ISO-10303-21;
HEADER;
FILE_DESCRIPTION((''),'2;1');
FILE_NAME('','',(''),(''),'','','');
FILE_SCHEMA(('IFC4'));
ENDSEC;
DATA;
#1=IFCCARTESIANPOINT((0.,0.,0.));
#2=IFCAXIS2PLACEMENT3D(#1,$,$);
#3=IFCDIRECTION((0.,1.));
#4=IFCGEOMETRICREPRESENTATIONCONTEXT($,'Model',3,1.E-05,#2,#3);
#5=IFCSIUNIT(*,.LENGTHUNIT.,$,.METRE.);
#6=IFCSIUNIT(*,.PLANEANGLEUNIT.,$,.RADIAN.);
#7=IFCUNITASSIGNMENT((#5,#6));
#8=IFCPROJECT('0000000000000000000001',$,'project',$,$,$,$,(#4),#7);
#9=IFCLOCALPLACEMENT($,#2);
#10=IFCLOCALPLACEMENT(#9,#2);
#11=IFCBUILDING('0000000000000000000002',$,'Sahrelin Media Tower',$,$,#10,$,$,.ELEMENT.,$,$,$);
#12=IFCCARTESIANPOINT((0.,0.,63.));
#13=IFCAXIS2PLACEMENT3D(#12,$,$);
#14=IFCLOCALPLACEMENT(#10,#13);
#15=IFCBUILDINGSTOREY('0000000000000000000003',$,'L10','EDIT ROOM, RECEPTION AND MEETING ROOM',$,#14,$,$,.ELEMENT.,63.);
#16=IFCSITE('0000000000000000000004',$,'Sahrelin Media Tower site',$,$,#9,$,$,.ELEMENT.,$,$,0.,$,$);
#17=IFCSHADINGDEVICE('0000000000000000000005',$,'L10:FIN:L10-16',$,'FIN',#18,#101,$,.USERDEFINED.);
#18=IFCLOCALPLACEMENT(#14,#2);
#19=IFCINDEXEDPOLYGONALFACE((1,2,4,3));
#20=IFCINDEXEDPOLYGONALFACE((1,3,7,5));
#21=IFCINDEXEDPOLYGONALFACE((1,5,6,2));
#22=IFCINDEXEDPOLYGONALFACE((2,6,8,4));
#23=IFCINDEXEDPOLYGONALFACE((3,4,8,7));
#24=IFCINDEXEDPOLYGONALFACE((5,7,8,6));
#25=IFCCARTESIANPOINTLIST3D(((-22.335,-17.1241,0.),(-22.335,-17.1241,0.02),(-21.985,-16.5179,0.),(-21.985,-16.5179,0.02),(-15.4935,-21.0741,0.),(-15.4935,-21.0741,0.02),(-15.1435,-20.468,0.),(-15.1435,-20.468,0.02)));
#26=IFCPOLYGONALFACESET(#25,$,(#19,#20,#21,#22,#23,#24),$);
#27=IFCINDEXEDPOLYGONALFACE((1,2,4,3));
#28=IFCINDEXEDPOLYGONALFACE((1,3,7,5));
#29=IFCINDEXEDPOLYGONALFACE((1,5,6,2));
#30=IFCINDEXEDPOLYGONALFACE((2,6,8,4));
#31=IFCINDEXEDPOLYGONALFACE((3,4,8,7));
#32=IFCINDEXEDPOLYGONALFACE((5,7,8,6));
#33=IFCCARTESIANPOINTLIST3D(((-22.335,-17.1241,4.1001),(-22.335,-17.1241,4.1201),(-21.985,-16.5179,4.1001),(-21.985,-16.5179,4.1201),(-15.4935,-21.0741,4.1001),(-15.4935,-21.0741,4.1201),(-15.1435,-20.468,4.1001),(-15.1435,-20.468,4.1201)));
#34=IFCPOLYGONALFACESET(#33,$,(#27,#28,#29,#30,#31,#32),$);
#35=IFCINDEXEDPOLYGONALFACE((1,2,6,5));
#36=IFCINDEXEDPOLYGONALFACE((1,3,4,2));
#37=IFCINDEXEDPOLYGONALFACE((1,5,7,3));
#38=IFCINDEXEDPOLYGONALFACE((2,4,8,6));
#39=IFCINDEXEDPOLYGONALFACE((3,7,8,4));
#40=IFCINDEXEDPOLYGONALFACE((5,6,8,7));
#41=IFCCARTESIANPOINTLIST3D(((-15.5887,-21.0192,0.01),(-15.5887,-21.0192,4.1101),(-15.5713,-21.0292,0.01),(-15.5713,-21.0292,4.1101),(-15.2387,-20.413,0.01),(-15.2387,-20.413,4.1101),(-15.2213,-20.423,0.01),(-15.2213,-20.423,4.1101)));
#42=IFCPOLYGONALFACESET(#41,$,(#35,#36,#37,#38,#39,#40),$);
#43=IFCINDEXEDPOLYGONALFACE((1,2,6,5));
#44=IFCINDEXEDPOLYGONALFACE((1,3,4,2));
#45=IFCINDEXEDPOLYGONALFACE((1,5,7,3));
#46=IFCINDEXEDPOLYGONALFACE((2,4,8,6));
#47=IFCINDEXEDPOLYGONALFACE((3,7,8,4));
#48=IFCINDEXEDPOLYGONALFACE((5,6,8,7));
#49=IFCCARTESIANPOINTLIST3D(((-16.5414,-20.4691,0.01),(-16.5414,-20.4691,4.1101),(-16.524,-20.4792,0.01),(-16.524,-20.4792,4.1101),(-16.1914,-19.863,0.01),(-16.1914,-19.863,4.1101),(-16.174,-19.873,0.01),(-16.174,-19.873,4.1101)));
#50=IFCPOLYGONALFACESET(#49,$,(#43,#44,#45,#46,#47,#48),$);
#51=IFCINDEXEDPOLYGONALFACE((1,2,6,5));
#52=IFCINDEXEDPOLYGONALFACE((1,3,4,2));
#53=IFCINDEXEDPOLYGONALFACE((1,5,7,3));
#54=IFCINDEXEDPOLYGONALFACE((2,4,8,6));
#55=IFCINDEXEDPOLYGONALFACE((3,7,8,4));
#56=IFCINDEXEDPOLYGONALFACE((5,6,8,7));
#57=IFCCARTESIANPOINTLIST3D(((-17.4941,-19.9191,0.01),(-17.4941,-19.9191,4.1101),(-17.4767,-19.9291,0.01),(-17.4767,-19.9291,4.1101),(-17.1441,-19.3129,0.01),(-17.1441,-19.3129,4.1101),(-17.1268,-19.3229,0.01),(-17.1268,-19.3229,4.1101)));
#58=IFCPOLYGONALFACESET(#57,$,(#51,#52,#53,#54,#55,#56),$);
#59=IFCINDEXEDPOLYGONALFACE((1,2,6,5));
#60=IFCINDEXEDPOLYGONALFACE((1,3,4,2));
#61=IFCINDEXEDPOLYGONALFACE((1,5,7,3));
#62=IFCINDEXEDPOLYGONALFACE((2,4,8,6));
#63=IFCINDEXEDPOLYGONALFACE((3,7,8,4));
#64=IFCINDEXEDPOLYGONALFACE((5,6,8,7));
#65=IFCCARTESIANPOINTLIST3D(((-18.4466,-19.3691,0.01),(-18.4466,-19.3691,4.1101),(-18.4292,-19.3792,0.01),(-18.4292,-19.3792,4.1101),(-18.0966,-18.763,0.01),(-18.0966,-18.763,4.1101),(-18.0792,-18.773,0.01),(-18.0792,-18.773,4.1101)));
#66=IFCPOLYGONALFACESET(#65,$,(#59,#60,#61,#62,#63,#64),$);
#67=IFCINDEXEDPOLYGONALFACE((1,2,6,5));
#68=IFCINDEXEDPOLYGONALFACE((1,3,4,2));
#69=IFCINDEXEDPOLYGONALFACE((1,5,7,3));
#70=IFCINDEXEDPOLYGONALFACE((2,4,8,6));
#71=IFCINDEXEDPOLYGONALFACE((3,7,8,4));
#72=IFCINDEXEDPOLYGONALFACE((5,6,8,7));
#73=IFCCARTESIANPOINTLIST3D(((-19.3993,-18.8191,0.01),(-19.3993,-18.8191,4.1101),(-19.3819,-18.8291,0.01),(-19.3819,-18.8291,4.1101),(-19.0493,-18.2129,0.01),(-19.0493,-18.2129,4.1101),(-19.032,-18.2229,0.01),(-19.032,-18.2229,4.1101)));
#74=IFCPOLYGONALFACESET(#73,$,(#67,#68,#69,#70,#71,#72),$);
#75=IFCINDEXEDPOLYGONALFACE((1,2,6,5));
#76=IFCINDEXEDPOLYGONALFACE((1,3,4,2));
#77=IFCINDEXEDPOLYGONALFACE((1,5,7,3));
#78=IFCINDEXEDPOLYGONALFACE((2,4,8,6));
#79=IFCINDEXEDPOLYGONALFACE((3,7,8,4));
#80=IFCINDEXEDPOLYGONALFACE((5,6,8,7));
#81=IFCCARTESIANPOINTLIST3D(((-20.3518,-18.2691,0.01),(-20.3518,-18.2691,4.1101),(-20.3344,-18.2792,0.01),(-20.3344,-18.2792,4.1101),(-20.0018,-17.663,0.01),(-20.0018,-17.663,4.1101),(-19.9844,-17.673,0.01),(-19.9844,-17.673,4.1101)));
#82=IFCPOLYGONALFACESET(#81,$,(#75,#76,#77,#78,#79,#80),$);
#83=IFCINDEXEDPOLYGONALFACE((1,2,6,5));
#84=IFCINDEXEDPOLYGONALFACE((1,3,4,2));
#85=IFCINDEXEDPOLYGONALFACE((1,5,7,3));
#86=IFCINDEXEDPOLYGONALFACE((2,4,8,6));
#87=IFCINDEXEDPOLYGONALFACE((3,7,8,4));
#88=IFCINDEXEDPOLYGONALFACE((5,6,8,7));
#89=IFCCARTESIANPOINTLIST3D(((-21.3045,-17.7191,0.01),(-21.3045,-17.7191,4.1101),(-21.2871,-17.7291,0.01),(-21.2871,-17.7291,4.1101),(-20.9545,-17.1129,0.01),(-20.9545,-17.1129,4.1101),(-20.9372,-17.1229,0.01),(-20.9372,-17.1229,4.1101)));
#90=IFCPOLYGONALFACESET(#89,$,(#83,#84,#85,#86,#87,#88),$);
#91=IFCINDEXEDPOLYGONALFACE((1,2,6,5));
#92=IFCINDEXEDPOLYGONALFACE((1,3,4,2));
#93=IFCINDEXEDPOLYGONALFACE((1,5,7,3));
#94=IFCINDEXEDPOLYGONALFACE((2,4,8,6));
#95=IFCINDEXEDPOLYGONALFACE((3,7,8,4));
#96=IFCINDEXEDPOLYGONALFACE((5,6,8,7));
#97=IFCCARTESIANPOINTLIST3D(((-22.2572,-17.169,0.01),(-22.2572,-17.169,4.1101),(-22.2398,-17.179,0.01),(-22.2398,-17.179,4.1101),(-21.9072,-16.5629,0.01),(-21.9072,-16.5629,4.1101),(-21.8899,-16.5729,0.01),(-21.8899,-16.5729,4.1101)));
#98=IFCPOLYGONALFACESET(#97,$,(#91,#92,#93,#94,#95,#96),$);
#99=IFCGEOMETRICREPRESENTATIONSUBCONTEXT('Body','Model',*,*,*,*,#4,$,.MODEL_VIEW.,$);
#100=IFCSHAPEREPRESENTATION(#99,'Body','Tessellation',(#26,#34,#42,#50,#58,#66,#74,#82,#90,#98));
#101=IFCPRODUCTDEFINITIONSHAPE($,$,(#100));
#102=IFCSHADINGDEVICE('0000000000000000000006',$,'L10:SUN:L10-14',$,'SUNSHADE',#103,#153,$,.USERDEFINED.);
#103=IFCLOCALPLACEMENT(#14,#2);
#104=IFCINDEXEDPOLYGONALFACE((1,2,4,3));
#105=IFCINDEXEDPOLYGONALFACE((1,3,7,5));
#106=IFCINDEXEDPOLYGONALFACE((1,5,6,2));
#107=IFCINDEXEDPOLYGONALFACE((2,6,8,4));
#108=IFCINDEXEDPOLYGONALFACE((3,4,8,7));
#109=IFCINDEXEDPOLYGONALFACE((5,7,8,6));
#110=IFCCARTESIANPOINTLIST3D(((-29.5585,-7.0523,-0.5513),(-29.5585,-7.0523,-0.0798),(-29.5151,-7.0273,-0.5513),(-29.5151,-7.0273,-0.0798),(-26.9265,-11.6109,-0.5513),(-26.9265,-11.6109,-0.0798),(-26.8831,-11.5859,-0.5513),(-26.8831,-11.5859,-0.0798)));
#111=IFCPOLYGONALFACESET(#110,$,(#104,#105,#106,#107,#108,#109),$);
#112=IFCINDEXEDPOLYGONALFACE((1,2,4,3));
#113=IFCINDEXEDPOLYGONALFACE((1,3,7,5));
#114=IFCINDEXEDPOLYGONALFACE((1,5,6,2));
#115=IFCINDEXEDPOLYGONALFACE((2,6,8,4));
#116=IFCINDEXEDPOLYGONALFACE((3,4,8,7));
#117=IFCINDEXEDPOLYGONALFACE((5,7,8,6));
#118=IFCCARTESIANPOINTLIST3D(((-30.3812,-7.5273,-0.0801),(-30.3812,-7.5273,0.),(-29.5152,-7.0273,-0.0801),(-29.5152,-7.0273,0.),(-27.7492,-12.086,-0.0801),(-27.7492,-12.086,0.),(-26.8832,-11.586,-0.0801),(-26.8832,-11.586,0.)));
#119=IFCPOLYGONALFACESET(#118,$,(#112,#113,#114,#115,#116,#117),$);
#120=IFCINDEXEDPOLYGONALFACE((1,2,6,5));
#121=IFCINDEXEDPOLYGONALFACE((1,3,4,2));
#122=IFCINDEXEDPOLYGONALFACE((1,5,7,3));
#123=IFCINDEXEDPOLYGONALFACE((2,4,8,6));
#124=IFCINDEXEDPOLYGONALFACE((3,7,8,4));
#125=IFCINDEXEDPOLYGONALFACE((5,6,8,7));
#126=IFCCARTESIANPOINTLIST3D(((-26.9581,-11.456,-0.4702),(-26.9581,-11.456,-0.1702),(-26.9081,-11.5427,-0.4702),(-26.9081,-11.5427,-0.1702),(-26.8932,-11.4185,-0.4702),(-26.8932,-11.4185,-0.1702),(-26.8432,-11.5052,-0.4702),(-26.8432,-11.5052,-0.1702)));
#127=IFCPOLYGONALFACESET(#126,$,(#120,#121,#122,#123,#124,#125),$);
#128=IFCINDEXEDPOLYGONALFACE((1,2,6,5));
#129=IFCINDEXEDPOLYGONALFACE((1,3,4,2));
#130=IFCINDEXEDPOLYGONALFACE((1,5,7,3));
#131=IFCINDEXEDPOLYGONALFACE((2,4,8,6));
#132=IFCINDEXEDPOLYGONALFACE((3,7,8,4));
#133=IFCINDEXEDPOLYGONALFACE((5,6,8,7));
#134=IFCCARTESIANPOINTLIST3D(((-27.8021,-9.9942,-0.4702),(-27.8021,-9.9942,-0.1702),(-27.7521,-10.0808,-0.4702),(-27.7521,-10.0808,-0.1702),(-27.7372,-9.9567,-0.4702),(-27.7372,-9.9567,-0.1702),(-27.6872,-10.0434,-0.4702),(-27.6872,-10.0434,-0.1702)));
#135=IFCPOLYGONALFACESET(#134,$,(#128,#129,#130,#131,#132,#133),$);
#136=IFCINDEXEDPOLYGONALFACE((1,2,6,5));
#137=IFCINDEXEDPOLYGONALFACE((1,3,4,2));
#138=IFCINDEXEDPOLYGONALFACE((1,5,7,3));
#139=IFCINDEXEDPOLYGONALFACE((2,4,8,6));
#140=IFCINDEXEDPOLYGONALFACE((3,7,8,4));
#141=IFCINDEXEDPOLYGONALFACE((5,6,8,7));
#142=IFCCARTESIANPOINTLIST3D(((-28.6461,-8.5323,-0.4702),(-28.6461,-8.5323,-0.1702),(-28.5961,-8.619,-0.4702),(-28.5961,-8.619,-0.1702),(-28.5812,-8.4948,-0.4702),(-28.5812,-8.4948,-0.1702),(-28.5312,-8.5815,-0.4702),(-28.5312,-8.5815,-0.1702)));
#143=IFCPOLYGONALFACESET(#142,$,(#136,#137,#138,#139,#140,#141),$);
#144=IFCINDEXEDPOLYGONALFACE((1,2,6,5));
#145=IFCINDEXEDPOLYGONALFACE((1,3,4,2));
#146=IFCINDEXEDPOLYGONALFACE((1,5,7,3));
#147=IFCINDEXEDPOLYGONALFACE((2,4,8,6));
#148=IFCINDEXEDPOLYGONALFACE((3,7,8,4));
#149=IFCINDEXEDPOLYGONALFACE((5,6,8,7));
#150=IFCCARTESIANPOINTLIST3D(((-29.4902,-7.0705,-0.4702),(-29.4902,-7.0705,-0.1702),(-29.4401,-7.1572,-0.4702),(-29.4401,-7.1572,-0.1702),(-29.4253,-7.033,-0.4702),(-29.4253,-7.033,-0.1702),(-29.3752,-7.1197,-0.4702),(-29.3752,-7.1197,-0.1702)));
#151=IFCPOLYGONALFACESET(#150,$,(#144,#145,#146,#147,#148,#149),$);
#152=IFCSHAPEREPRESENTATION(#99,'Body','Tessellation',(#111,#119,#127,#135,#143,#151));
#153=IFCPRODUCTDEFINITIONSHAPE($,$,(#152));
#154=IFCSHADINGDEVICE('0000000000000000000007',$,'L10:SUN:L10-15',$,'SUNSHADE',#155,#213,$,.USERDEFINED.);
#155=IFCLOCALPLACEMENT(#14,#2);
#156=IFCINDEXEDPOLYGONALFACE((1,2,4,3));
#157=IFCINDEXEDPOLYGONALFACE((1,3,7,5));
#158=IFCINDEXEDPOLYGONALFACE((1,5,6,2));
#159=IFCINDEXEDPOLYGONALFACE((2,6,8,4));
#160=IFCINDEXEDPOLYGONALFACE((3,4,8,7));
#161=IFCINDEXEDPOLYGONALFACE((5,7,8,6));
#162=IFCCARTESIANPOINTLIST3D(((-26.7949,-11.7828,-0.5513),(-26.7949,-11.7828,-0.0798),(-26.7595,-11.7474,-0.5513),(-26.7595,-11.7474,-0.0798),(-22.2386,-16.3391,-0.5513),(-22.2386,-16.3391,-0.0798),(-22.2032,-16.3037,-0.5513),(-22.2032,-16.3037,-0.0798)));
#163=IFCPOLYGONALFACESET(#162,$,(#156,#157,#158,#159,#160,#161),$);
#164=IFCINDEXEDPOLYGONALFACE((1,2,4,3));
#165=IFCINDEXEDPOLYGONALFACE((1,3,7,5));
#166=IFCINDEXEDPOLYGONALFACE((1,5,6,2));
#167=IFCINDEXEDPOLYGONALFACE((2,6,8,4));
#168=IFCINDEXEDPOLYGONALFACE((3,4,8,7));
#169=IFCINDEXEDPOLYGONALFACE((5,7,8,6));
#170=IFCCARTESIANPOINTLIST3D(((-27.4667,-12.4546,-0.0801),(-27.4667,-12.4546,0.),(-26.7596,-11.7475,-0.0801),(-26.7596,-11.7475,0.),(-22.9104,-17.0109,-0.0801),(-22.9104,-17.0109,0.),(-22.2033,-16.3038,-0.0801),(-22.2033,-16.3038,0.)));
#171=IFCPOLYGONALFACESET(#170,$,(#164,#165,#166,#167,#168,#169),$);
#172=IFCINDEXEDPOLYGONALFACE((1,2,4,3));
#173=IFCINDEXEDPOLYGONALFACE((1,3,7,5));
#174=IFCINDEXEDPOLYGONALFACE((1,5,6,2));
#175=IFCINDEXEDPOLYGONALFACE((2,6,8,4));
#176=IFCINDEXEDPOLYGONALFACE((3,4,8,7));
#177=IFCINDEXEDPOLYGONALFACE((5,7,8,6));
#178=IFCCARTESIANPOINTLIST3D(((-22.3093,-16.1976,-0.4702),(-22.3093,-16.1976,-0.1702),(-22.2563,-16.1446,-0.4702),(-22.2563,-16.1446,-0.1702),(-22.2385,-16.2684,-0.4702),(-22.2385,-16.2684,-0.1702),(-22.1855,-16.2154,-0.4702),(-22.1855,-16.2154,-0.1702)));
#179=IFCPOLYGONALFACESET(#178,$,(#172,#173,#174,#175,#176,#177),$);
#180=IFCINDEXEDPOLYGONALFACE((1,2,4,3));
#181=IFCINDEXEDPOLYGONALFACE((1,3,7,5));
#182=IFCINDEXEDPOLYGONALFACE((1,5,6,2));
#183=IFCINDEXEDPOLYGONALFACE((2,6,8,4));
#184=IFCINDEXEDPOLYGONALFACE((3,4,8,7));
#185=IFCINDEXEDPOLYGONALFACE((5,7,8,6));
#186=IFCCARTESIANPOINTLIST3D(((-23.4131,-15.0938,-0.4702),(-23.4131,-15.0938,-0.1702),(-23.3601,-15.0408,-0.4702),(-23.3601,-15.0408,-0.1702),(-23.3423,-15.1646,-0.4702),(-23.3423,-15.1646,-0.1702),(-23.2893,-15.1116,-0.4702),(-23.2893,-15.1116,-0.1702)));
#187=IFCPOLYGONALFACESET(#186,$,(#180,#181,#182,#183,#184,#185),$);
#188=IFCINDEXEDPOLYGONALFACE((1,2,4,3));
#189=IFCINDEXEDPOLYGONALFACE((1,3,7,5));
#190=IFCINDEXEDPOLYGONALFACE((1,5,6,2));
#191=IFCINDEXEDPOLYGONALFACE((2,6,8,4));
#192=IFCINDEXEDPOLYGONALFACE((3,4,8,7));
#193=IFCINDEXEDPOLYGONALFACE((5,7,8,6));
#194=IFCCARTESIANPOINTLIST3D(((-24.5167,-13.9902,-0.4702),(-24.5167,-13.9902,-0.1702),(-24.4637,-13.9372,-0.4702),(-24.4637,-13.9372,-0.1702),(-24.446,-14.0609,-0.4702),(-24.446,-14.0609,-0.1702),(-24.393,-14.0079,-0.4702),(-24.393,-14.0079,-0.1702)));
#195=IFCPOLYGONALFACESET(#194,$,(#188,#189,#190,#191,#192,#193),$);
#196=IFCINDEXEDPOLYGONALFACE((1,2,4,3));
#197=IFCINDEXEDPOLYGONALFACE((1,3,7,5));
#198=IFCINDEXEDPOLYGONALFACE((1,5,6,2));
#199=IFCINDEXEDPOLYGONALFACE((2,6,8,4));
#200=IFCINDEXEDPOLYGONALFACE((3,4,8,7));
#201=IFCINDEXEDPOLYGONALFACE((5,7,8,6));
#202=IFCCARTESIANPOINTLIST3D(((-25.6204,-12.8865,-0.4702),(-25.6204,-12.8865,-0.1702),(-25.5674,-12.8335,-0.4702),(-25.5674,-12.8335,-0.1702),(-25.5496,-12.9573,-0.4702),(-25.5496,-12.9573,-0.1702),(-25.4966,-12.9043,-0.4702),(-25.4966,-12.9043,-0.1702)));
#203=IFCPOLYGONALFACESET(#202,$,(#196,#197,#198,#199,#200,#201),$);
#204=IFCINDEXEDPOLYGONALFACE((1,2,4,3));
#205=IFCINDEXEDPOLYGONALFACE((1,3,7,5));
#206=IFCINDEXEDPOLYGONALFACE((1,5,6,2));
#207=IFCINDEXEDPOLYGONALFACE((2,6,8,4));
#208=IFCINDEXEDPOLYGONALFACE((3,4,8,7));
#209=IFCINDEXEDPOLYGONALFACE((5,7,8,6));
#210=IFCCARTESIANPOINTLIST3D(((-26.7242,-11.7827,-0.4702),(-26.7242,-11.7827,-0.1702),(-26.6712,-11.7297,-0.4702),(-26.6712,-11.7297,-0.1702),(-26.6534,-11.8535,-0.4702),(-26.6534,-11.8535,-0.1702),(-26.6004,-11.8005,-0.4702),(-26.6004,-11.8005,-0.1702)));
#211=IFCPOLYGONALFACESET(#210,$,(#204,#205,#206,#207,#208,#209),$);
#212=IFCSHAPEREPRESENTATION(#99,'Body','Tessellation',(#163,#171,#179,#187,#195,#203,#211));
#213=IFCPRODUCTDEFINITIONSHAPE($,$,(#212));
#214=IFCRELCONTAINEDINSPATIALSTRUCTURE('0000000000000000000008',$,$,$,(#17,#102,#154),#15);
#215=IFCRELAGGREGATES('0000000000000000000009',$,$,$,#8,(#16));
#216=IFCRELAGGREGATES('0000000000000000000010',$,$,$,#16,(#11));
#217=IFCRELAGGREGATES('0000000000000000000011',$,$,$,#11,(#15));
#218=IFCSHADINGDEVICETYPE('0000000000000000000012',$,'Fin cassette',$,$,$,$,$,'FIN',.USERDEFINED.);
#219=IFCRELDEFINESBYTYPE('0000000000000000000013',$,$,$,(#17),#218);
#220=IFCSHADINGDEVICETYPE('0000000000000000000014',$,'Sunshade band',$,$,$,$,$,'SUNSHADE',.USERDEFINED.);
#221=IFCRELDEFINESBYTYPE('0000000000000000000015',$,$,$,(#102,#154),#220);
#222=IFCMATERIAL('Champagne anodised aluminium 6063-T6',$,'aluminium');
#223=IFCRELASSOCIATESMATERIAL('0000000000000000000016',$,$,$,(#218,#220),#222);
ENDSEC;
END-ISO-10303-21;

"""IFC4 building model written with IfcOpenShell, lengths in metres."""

from ifc_helpers import new_model, si_unit, direction, frame, origin, origin_2d, place, context, subcontext, project, spatial, rectangle, extrude, material, type_object, element, save


model = new_model("IFC4")

# Units and contexts
model_context = context("Model", 3, precision=1e-05, world=origin(), true_north=direction((0.0, 1.0)))
body_context = subcontext(model_context, "Body", "Model", "MODEL_VIEW")
ifc_project = project(units=[si_unit("LENGTHUNIT", "METRE"), si_unit("PLANEANGLEUNIT", "RADIAN")], contexts=[model_context])

# Site, building, storey
site_placement = place(None, origin())
site = spatial("IfcSite", under=ifc_project, at=site_placement, Name="Sahrelin Media Tower site", CompositionType="ELEMENT", RefElevation=0.0)
building_placement = place(site_placement, origin())
building = spatial("IfcBuilding", under=site, at=building_placement, Name="Sahrelin Media Tower", CompositionType="ELEMENT")
storey_placement = place(building_placement, frame((0.0, 0.0, 63.0)))
storey = spatial("IfcBuildingStorey", under=building, at=storey_placement, Name="L10", Description="EDIT ROOM, RECEPTION AND MEETING ROOM", CompositionType="ELEMENT", Elevation=63.0)

# Shared definitions
ifc_material_1 = material(Name="Champagne anodised aluminium 6063-T6", Category="aluminium")

# Shading devices
shading_device_type_1 = type_object("IfcShadingDeviceType", Name="Fin cassette", ElementType="FIN", PredefinedType="USERDEFINED", material=ifc_material_1)
placement_1 = place(storey_placement, frame((-28.1819, -9.2966, 0.0), z_axis=(0.0, 0.0, 1.0), x_axis=(-0.500011, 0.866019, 0.0)))
placement_2 = place(storey_placement, frame((-24.4673, -14.0115, 0.0), z_axis=(0.0, 0.0, 1.0), x_axis=(-0.707107, 0.707107, 0.0)))
placement_3 = place(storey_placement, frame((-18.5293, -18.4324, 0.0), z_axis=(0.0, 0.0, 1.0), x_axis=(-0.866019, 0.500011, 0.0)))
element("IfcShadingDevice", 1, at=placement_3, inside=storey, type_object=shading_device_type_1, Name="L10:FIN:L10-16", ObjectType="FIN", PredefinedType="USERDEFINED", context=body_context, shape_type="SweptSolid", body=[
    extrude(rectangle(XDim=7.8999, YDim=0.7, at=origin_2d()), frame((0.0, 0.4199, 0.0)), (0.0, 0.0, 1.0), 0.02),
    extrude(rectangle(XDim=7.8999, YDim=0.7, at=origin_2d()), frame((0.0, 0.4199, 4.1001)), (0.0, 0.0, 1.0), 0.02),
    extrude(rectangle(XDim=0.02, YDim=0.7, at=origin_2d()), frame((-3.8501, 0.4199, 0.01), z_axis=(0.0, 0.0, 1.0), x_axis=(1.0, 0.0, 0.0)), (0.0, 0.0, 1.0), 4.1001),
    extrude(rectangle(XDim=0.02, YDim=0.7, at=origin_2d()), frame((-2.75, 0.4199, 0.01), z_axis=(0.0, 0.0, 1.0), x_axis=(1.0, 0.0, 0.0)), (0.0, 0.0, 1.0), 4.1001),
    extrude(rectangle(XDim=0.02, YDim=0.7, at=origin_2d()), frame((-1.6499, 0.4199, 0.01), z_axis=(0.0, 0.0, 1.0), x_axis=(1.0, 0.0, 0.0)), (0.0, 0.0, 1.0), 4.1001),
    extrude(rectangle(XDim=0.02, YDim=0.7, at=origin_2d()), frame((-0.55, 0.4199, 0.01), z_axis=(0.0, 0.0, 1.0), x_axis=(1.0, 0.0, 0.0)), (0.0, 0.0, 1.0), 4.1001),
    extrude(rectangle(XDim=0.02, YDim=0.7, at=origin_2d()), frame((0.55, 0.4199, 0.01), z_axis=(0.0, 0.0, 1.0), x_axis=(1.0, 0.0, 0.0)), (0.0, 0.0, 1.0), 4.1001),
    extrude(rectangle(XDim=0.02, YDim=0.7, at=origin_2d()), frame((1.6499, 0.4199, 0.01), z_axis=(0.0, 0.0, 1.0), x_axis=(1.0, 0.0, 0.0)), (0.0, 0.0, 1.0), 4.1001),
    extrude(rectangle(XDim=0.02, YDim=0.7, at=origin_2d()), frame((2.75, 0.4199, 0.01), z_axis=(0.0, 0.0, 1.0), x_axis=(1.0, 0.0, 0.0)), (0.0, 0.0, 1.0), 4.1001),
    extrude(rectangle(XDim=0.02, YDim=0.7, at=origin_2d()), frame((3.8501, 0.4199, 0.01), z_axis=(0.0, 0.0, 1.0), x_axis=(1.0, 0.0, 0.0)), (0.0, 0.0, 1.0), 4.1001),
])
shading_device_type_2 = type_object("IfcShadingDeviceType", Name="Sunshade band", ElementType="SUNSHADE", PredefinedType="USERDEFINED", material=ifc_material_1)
element("IfcShadingDevice", 2, at=placement_1, inside=storey, type_object=shading_device_type_2, Name="L10:SUN:L10-14", ObjectType="SUNSHADE", PredefinedType="USERDEFINED", context=body_context, shape_type="SweptSolid", body=[
    extrude(rectangle(XDim=5.2639, YDim=0.05, at=origin_2d()), frame((0.0, 0.0449, -0.5513)), (0.0, 0.0, 1.0), 0.4714),
    extrude(rectangle(XDim=5.2639, YDim=1.0, at=origin_2d()), frame((0.0, 0.52, -0.0801)), (0.0, 0.0, 1.0), 0.0801),
    extrude(rectangle(XDim=0.1001, YDim=0.075, at=origin_2d()), frame((-2.532, -0.0176, -0.4702)), (0.0, 0.0, 1.0), 0.3),
    extrude(rectangle(XDim=0.1001, YDim=0.075, at=origin_2d()), frame((-0.844, -0.0176, -0.4702)), (0.0, 0.0, 1.0), 0.3),
    extrude(rectangle(XDim=0.1001, YDim=0.075, at=origin_2d()), frame((0.844, -0.0176, -0.4702)), (0.0, 0.0, 1.0), 0.3),
    extrude(rectangle(XDim=0.1001, YDim=0.075, at=origin_2d()), frame((2.532, -0.0176, -0.4702)), (0.0, 0.0, 1.0), 0.3),
])
element("IfcShadingDevice", 3, at=placement_2, inside=storey, type_object=shading_device_type_2, Name="L10:SUN:L10-15", ObjectType="SUNSHADE", PredefinedType="USERDEFINED", context=body_context, shape_type="SweptSolid", body=[
    extrude(rectangle(XDim=6.4436, YDim=0.05, at=origin_2d()), frame((0.0, 0.0449, -0.5513)), (0.0, 0.0, 1.0), 0.4714),
    extrude(rectangle(XDim=6.4436, YDim=1.0, at=origin_2d()), frame((0.0, 0.52, -0.0801)), (0.0, 0.0, 1.0), 0.0801),
    extrude(rectangle(XDim=0.1001, YDim=0.075, at=origin_2d()), frame((-3.1218, -0.0176, -0.4702)), (0.0, 0.0, 1.0), 0.3),
    extrude(rectangle(XDim=0.1001, YDim=0.075, at=origin_2d()), frame((-1.5608, -0.0176, -0.4702)), (0.0, 0.0, 1.0), 0.3),
    extrude(rectangle(XDim=0.1001, YDim=0.075, at=origin_2d()), frame((0.0, -0.0176, -0.4702)), (0.0, 0.0, 1.0), 0.3),
    extrude(rectangle(XDim=0.1001, YDim=0.075, at=origin_2d()), frame((1.5608, -0.0176, -0.4702)), (0.0, 0.0, 1.0), 0.3),
    extrude(rectangle(XDim=0.1001, YDim=0.075, at=origin_2d()), frame((3.1218, -0.0176, -0.4702)), (0.0, 0.0, 1.0), 0.3),
])

save(model, "model.ifc")
